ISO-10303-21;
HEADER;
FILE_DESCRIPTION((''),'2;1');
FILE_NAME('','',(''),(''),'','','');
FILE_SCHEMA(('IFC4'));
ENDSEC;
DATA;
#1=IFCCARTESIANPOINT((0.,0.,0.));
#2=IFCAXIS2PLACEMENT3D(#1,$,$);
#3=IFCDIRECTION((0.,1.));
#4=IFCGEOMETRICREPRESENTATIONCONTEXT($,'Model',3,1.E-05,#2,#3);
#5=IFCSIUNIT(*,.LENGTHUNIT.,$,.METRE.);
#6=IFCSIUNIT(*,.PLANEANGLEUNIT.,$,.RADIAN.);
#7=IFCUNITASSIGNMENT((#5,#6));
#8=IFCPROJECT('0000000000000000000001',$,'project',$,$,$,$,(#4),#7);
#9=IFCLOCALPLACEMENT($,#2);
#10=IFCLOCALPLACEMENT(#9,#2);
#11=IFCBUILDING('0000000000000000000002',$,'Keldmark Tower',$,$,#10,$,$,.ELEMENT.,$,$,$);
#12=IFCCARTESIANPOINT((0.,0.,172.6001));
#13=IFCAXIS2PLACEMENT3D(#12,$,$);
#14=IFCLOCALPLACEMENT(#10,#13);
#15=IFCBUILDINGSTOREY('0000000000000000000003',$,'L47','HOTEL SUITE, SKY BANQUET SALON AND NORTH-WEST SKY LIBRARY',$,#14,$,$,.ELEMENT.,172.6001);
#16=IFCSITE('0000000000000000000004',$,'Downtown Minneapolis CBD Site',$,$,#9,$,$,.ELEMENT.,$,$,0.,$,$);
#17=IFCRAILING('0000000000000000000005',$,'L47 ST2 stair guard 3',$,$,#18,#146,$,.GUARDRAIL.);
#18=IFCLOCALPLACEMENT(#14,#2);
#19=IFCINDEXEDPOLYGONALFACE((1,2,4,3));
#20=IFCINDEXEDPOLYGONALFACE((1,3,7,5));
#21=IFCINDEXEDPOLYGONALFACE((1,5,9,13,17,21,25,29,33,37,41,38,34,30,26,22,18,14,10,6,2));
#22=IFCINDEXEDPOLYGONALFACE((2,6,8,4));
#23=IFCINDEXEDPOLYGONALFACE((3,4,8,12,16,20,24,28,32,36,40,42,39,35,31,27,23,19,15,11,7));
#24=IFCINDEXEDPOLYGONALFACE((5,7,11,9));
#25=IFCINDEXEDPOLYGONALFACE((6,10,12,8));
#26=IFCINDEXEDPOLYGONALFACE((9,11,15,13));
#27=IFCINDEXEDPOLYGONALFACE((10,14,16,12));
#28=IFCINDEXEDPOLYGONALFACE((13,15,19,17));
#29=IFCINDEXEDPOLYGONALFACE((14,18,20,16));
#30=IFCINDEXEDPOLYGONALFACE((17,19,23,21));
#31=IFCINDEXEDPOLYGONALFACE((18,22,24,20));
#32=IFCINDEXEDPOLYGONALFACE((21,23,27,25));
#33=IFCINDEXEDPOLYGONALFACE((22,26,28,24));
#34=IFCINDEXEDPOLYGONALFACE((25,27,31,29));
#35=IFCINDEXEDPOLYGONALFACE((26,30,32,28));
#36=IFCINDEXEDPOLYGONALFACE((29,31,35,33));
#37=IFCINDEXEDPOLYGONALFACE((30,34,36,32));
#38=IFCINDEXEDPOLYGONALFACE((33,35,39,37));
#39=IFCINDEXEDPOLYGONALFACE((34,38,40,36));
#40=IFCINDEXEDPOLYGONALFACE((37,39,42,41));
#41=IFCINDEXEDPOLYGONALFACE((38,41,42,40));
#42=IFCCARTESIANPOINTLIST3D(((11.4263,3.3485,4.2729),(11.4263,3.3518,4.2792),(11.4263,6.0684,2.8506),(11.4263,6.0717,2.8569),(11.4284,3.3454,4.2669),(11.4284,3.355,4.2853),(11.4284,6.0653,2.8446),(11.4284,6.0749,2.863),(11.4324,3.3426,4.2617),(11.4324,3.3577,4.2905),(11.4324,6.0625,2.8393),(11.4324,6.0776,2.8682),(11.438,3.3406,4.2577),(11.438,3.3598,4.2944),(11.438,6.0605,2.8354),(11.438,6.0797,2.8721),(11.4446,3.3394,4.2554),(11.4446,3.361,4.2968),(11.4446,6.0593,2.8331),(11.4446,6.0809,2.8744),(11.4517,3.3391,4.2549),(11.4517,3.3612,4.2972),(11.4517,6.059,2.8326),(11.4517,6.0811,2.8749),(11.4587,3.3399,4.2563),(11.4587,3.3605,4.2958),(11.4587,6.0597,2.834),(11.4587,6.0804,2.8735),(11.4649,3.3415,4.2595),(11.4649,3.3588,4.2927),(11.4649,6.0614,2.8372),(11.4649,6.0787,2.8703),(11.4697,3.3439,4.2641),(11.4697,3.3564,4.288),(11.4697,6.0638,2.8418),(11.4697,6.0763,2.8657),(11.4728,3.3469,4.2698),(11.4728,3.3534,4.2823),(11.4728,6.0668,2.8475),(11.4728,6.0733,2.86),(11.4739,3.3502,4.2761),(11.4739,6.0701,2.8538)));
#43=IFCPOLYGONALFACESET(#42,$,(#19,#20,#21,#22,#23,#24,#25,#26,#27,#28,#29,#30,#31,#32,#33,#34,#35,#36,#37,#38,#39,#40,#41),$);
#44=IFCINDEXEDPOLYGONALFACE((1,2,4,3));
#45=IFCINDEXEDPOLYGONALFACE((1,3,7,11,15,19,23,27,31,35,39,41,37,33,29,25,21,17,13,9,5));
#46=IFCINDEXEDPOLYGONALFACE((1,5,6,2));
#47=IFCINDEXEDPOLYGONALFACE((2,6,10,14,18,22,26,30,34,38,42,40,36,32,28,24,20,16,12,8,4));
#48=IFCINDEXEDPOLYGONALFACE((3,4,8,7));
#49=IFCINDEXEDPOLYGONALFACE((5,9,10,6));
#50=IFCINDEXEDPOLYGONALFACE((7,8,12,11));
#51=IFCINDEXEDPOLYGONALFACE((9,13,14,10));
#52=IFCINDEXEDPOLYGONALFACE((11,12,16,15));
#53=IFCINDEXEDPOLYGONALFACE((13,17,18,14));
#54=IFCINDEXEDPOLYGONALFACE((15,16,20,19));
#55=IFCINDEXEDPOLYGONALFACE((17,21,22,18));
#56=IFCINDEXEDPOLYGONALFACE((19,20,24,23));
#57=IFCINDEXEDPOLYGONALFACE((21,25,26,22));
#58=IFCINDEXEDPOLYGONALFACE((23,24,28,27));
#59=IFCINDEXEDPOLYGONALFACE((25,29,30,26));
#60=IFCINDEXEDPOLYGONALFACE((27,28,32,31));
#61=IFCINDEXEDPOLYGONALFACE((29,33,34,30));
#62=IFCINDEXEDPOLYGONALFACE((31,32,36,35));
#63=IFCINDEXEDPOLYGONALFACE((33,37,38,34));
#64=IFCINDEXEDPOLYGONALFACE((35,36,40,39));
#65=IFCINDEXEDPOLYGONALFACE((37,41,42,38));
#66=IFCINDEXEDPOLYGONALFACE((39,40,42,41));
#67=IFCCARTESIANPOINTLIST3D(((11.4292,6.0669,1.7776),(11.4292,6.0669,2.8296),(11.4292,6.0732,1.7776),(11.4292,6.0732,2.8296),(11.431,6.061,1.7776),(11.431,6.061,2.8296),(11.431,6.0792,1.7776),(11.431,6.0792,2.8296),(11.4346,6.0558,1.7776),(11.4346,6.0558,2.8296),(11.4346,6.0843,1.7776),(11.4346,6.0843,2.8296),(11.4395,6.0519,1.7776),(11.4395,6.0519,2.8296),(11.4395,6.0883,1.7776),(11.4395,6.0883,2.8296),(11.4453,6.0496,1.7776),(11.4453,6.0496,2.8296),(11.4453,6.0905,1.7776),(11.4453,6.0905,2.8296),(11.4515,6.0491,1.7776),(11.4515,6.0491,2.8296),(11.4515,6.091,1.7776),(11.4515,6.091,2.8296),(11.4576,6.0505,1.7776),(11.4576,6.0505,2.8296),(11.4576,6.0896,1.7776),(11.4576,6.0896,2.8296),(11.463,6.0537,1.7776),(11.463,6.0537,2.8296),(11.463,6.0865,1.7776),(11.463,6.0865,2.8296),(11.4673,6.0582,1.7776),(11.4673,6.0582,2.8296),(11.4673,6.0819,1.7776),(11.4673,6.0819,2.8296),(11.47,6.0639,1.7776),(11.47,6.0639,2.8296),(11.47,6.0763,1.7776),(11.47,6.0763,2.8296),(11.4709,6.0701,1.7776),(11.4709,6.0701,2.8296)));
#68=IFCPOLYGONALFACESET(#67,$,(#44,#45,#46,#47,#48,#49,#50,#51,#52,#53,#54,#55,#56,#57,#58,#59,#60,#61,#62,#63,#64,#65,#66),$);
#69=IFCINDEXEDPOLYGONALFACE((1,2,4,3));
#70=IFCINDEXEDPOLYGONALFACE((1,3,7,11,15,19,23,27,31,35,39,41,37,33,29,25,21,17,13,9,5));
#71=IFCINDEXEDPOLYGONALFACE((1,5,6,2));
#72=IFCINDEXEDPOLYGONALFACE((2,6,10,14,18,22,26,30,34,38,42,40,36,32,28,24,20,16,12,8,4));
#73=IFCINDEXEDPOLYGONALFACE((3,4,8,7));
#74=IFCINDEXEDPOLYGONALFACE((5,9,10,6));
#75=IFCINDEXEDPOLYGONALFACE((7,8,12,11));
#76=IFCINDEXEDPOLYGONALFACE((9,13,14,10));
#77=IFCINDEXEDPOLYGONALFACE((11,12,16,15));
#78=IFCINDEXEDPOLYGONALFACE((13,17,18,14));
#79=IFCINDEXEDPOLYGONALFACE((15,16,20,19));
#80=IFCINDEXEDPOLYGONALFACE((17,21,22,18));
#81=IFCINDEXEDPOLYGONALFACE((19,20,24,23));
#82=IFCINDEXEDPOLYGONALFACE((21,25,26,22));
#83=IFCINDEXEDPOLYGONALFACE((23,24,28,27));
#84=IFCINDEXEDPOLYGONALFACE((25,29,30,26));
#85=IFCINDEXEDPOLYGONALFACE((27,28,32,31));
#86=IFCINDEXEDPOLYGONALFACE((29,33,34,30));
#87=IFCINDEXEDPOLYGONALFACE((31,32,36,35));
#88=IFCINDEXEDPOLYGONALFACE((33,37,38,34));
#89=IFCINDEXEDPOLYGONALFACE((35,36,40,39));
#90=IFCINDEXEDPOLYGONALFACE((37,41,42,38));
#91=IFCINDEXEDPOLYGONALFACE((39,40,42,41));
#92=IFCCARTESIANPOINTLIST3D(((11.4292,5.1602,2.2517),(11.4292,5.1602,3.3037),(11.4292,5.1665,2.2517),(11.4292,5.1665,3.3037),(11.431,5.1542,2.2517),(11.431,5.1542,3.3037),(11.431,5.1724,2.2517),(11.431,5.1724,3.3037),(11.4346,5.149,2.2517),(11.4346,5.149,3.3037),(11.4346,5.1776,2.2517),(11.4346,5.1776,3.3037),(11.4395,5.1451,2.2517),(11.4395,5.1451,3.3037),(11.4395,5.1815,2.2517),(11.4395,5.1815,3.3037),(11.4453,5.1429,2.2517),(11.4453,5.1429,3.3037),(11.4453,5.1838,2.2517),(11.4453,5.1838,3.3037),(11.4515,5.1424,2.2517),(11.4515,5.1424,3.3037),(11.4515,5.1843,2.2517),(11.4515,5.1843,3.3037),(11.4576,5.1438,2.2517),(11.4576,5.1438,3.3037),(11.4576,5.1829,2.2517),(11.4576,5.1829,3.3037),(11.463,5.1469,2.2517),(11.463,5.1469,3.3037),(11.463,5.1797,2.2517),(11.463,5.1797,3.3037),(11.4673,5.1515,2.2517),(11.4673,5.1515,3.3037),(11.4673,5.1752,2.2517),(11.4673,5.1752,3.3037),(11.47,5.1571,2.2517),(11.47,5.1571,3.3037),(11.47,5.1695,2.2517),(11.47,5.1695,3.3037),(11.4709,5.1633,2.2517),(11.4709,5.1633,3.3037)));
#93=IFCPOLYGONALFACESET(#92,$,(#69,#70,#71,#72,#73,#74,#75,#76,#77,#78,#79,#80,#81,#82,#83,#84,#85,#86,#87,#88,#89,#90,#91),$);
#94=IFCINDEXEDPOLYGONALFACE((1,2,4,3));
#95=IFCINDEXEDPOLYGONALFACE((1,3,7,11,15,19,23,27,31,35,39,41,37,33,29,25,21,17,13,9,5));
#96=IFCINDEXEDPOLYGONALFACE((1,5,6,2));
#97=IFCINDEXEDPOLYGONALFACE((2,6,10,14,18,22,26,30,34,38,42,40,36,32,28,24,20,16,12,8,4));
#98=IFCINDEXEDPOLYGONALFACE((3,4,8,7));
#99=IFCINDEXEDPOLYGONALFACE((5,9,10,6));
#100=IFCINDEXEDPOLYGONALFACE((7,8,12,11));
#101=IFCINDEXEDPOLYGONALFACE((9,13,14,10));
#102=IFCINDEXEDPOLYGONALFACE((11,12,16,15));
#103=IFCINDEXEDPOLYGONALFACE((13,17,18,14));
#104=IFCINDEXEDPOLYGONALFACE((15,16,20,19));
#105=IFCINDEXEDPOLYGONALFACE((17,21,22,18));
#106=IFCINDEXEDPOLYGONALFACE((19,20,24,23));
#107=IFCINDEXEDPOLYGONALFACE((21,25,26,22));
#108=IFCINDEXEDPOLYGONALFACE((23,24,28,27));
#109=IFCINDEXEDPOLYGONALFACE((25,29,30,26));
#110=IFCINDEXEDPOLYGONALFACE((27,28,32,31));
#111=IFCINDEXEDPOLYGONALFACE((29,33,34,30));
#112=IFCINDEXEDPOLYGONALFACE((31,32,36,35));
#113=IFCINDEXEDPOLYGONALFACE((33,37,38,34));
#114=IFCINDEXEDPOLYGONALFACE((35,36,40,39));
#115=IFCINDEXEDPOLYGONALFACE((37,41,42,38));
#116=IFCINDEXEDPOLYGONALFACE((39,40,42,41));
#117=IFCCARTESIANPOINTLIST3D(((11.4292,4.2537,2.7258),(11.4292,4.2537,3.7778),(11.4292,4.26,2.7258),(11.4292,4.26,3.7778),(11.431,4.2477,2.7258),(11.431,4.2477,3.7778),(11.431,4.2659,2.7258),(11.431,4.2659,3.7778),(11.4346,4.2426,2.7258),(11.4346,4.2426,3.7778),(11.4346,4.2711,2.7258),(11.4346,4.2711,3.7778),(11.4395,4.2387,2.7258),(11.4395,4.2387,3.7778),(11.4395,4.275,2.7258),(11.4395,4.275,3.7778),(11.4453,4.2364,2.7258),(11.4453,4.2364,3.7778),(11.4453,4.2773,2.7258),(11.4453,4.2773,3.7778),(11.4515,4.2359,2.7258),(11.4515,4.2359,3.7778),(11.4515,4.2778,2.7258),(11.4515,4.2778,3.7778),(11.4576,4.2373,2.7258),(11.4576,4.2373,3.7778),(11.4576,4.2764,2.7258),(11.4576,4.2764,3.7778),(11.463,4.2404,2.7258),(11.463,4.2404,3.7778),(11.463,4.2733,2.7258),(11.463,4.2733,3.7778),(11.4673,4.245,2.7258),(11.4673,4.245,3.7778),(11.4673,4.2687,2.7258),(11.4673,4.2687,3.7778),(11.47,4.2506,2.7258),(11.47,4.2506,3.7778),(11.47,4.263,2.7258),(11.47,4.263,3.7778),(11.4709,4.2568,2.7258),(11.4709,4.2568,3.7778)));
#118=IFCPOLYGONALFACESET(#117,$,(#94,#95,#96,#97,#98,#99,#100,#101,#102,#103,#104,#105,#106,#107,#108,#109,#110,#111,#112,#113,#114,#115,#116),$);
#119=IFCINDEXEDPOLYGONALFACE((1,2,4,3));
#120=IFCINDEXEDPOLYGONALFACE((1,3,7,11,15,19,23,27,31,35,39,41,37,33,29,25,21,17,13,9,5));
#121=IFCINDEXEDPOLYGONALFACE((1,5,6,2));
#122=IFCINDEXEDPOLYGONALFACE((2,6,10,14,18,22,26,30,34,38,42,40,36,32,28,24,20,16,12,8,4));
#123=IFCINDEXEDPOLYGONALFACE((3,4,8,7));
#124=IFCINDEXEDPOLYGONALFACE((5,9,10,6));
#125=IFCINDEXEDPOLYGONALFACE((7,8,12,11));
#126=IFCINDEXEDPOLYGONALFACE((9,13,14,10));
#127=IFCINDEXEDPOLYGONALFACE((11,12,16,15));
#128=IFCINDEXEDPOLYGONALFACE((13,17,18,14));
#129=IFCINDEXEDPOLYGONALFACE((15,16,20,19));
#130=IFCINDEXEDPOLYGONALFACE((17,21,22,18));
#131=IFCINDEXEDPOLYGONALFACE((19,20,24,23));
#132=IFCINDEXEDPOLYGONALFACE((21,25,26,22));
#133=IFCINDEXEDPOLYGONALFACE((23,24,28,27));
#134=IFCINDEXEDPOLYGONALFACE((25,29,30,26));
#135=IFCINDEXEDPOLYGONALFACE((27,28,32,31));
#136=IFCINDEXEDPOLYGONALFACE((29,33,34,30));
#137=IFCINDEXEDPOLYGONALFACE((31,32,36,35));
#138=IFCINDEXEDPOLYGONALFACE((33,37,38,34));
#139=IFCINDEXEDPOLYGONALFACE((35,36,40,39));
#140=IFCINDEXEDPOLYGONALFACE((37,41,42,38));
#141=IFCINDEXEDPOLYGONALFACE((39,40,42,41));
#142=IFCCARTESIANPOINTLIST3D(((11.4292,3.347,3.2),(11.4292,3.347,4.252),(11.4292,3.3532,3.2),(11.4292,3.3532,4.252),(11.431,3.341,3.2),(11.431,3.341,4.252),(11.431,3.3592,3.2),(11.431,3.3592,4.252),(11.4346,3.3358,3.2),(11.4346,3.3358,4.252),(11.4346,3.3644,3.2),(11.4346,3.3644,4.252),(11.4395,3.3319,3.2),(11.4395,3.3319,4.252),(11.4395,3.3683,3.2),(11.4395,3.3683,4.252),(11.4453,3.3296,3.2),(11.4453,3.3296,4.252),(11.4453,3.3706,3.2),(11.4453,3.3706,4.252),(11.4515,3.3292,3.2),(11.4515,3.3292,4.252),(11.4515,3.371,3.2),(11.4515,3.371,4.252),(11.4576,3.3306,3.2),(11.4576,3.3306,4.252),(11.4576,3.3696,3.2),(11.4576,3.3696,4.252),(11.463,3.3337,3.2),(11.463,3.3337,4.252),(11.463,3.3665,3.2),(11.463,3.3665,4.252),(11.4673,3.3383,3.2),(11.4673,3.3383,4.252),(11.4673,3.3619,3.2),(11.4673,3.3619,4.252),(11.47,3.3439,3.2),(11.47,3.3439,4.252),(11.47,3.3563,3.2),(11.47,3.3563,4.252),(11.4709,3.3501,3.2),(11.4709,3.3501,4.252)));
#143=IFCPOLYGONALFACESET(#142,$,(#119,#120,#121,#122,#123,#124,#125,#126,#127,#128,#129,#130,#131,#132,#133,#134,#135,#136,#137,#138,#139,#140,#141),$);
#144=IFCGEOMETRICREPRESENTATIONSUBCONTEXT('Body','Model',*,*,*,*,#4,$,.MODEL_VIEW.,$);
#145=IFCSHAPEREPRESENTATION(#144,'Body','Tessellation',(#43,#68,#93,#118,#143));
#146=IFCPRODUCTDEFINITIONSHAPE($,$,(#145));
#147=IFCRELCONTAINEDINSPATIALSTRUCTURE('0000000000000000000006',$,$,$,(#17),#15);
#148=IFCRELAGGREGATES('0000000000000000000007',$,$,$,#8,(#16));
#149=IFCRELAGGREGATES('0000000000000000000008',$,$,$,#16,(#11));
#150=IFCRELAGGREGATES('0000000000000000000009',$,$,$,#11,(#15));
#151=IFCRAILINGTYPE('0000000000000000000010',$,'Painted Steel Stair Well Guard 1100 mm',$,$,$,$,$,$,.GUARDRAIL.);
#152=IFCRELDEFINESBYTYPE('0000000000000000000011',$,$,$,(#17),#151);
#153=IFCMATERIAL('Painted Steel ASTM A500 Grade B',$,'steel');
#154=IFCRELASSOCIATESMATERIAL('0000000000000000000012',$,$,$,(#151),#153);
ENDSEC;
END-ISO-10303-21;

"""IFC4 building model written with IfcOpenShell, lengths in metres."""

from ifc_helpers import new_model, si_unit, direction, frame, origin, origin_2d, place, context, subcontext, project, spatial, circle, extrude, material, type_object, element, save


model = new_model("IFC4")

# Units and contexts
model_context = context("Model", 3, precision=1e-05, world=origin(), true_north=direction((0.0, 1.0)))
body_context = subcontext(model_context, "Body", "Model", "MODEL_VIEW")
ifc_project = project(units=[si_unit("LENGTHUNIT", "METRE"), si_unit("PLANEANGLEUNIT", "RADIAN")], contexts=[model_context])

# Site, building, storey
site_placement = place(None, origin())
site = spatial("IfcSite", under=ifc_project, at=site_placement, Name="Downtown Minneapolis CBD Site", CompositionType="ELEMENT", RefElevation=0.0)
building_placement = place(site_placement, origin())
building = spatial("IfcBuilding", under=site, at=building_placement, Name="Keldmark Tower", CompositionType="ELEMENT")
storey_placement = place(building_placement, frame((0.0, 0.0, 172.6001)))
storey = spatial("IfcBuildingStorey", under=building, at=storey_placement, Name="L47", Description="HOTEL SUITE, SKY BANQUET SALON AND NORTH-WEST SKY LIBRARY", CompositionType="ELEMENT", Elevation=172.6001)

# Railing
ifc_material_1 = material(Name="Painted Steel ASTM A500 Grade B", Category="steel")
railing_type_1 = type_object("IfcRailingType", Name="Painted Steel Stair Well Guard 1100 mm", PredefinedType="GUARDRAIL", material=ifc_material_1)
railing_1_placement = place(storey_placement, frame((11.45, 6.0701, 1.7776)))
element("IfcRailing", 1, at=railing_1_placement, inside=storey, type_object=railing_type_1, Name="L47 ST2 stair guard 3", PredefinedType="GUARDRAIL", context=body_context, shape_type="SweptSolid", body=[
    extrude(circle(Radius=0.0239, at=origin_2d()), frame((0.0, 0.0, 1.0762), z_axis=(0.0, -0.88615, 0.463398), x_axis=(1.0, 0.0, 0.0)), (0.0, 0.0, 1.0), 3.0693),
    extrude(circle(Radius=0.021, at=origin_2d()), origin(), (0.0, 0.0, 1.0), 1.052),
    extrude(circle(Radius=0.021, at=origin_2d()), frame((0.0, -0.9067, 0.4741)), (0.0, 0.0, 1.0), 1.052),
    extrude(circle(Radius=0.021, at=origin_2d()), frame((0.0, -1.8132, 0.9482)), (0.0, 0.0, 1.0), 1.052),
    extrude(circle(Radius=0.021, at=origin_2d()), frame((0.0, -2.72, 1.4224)), (0.0, 0.0, 1.0), 1.052),
])

save(model, "model.ifc")
